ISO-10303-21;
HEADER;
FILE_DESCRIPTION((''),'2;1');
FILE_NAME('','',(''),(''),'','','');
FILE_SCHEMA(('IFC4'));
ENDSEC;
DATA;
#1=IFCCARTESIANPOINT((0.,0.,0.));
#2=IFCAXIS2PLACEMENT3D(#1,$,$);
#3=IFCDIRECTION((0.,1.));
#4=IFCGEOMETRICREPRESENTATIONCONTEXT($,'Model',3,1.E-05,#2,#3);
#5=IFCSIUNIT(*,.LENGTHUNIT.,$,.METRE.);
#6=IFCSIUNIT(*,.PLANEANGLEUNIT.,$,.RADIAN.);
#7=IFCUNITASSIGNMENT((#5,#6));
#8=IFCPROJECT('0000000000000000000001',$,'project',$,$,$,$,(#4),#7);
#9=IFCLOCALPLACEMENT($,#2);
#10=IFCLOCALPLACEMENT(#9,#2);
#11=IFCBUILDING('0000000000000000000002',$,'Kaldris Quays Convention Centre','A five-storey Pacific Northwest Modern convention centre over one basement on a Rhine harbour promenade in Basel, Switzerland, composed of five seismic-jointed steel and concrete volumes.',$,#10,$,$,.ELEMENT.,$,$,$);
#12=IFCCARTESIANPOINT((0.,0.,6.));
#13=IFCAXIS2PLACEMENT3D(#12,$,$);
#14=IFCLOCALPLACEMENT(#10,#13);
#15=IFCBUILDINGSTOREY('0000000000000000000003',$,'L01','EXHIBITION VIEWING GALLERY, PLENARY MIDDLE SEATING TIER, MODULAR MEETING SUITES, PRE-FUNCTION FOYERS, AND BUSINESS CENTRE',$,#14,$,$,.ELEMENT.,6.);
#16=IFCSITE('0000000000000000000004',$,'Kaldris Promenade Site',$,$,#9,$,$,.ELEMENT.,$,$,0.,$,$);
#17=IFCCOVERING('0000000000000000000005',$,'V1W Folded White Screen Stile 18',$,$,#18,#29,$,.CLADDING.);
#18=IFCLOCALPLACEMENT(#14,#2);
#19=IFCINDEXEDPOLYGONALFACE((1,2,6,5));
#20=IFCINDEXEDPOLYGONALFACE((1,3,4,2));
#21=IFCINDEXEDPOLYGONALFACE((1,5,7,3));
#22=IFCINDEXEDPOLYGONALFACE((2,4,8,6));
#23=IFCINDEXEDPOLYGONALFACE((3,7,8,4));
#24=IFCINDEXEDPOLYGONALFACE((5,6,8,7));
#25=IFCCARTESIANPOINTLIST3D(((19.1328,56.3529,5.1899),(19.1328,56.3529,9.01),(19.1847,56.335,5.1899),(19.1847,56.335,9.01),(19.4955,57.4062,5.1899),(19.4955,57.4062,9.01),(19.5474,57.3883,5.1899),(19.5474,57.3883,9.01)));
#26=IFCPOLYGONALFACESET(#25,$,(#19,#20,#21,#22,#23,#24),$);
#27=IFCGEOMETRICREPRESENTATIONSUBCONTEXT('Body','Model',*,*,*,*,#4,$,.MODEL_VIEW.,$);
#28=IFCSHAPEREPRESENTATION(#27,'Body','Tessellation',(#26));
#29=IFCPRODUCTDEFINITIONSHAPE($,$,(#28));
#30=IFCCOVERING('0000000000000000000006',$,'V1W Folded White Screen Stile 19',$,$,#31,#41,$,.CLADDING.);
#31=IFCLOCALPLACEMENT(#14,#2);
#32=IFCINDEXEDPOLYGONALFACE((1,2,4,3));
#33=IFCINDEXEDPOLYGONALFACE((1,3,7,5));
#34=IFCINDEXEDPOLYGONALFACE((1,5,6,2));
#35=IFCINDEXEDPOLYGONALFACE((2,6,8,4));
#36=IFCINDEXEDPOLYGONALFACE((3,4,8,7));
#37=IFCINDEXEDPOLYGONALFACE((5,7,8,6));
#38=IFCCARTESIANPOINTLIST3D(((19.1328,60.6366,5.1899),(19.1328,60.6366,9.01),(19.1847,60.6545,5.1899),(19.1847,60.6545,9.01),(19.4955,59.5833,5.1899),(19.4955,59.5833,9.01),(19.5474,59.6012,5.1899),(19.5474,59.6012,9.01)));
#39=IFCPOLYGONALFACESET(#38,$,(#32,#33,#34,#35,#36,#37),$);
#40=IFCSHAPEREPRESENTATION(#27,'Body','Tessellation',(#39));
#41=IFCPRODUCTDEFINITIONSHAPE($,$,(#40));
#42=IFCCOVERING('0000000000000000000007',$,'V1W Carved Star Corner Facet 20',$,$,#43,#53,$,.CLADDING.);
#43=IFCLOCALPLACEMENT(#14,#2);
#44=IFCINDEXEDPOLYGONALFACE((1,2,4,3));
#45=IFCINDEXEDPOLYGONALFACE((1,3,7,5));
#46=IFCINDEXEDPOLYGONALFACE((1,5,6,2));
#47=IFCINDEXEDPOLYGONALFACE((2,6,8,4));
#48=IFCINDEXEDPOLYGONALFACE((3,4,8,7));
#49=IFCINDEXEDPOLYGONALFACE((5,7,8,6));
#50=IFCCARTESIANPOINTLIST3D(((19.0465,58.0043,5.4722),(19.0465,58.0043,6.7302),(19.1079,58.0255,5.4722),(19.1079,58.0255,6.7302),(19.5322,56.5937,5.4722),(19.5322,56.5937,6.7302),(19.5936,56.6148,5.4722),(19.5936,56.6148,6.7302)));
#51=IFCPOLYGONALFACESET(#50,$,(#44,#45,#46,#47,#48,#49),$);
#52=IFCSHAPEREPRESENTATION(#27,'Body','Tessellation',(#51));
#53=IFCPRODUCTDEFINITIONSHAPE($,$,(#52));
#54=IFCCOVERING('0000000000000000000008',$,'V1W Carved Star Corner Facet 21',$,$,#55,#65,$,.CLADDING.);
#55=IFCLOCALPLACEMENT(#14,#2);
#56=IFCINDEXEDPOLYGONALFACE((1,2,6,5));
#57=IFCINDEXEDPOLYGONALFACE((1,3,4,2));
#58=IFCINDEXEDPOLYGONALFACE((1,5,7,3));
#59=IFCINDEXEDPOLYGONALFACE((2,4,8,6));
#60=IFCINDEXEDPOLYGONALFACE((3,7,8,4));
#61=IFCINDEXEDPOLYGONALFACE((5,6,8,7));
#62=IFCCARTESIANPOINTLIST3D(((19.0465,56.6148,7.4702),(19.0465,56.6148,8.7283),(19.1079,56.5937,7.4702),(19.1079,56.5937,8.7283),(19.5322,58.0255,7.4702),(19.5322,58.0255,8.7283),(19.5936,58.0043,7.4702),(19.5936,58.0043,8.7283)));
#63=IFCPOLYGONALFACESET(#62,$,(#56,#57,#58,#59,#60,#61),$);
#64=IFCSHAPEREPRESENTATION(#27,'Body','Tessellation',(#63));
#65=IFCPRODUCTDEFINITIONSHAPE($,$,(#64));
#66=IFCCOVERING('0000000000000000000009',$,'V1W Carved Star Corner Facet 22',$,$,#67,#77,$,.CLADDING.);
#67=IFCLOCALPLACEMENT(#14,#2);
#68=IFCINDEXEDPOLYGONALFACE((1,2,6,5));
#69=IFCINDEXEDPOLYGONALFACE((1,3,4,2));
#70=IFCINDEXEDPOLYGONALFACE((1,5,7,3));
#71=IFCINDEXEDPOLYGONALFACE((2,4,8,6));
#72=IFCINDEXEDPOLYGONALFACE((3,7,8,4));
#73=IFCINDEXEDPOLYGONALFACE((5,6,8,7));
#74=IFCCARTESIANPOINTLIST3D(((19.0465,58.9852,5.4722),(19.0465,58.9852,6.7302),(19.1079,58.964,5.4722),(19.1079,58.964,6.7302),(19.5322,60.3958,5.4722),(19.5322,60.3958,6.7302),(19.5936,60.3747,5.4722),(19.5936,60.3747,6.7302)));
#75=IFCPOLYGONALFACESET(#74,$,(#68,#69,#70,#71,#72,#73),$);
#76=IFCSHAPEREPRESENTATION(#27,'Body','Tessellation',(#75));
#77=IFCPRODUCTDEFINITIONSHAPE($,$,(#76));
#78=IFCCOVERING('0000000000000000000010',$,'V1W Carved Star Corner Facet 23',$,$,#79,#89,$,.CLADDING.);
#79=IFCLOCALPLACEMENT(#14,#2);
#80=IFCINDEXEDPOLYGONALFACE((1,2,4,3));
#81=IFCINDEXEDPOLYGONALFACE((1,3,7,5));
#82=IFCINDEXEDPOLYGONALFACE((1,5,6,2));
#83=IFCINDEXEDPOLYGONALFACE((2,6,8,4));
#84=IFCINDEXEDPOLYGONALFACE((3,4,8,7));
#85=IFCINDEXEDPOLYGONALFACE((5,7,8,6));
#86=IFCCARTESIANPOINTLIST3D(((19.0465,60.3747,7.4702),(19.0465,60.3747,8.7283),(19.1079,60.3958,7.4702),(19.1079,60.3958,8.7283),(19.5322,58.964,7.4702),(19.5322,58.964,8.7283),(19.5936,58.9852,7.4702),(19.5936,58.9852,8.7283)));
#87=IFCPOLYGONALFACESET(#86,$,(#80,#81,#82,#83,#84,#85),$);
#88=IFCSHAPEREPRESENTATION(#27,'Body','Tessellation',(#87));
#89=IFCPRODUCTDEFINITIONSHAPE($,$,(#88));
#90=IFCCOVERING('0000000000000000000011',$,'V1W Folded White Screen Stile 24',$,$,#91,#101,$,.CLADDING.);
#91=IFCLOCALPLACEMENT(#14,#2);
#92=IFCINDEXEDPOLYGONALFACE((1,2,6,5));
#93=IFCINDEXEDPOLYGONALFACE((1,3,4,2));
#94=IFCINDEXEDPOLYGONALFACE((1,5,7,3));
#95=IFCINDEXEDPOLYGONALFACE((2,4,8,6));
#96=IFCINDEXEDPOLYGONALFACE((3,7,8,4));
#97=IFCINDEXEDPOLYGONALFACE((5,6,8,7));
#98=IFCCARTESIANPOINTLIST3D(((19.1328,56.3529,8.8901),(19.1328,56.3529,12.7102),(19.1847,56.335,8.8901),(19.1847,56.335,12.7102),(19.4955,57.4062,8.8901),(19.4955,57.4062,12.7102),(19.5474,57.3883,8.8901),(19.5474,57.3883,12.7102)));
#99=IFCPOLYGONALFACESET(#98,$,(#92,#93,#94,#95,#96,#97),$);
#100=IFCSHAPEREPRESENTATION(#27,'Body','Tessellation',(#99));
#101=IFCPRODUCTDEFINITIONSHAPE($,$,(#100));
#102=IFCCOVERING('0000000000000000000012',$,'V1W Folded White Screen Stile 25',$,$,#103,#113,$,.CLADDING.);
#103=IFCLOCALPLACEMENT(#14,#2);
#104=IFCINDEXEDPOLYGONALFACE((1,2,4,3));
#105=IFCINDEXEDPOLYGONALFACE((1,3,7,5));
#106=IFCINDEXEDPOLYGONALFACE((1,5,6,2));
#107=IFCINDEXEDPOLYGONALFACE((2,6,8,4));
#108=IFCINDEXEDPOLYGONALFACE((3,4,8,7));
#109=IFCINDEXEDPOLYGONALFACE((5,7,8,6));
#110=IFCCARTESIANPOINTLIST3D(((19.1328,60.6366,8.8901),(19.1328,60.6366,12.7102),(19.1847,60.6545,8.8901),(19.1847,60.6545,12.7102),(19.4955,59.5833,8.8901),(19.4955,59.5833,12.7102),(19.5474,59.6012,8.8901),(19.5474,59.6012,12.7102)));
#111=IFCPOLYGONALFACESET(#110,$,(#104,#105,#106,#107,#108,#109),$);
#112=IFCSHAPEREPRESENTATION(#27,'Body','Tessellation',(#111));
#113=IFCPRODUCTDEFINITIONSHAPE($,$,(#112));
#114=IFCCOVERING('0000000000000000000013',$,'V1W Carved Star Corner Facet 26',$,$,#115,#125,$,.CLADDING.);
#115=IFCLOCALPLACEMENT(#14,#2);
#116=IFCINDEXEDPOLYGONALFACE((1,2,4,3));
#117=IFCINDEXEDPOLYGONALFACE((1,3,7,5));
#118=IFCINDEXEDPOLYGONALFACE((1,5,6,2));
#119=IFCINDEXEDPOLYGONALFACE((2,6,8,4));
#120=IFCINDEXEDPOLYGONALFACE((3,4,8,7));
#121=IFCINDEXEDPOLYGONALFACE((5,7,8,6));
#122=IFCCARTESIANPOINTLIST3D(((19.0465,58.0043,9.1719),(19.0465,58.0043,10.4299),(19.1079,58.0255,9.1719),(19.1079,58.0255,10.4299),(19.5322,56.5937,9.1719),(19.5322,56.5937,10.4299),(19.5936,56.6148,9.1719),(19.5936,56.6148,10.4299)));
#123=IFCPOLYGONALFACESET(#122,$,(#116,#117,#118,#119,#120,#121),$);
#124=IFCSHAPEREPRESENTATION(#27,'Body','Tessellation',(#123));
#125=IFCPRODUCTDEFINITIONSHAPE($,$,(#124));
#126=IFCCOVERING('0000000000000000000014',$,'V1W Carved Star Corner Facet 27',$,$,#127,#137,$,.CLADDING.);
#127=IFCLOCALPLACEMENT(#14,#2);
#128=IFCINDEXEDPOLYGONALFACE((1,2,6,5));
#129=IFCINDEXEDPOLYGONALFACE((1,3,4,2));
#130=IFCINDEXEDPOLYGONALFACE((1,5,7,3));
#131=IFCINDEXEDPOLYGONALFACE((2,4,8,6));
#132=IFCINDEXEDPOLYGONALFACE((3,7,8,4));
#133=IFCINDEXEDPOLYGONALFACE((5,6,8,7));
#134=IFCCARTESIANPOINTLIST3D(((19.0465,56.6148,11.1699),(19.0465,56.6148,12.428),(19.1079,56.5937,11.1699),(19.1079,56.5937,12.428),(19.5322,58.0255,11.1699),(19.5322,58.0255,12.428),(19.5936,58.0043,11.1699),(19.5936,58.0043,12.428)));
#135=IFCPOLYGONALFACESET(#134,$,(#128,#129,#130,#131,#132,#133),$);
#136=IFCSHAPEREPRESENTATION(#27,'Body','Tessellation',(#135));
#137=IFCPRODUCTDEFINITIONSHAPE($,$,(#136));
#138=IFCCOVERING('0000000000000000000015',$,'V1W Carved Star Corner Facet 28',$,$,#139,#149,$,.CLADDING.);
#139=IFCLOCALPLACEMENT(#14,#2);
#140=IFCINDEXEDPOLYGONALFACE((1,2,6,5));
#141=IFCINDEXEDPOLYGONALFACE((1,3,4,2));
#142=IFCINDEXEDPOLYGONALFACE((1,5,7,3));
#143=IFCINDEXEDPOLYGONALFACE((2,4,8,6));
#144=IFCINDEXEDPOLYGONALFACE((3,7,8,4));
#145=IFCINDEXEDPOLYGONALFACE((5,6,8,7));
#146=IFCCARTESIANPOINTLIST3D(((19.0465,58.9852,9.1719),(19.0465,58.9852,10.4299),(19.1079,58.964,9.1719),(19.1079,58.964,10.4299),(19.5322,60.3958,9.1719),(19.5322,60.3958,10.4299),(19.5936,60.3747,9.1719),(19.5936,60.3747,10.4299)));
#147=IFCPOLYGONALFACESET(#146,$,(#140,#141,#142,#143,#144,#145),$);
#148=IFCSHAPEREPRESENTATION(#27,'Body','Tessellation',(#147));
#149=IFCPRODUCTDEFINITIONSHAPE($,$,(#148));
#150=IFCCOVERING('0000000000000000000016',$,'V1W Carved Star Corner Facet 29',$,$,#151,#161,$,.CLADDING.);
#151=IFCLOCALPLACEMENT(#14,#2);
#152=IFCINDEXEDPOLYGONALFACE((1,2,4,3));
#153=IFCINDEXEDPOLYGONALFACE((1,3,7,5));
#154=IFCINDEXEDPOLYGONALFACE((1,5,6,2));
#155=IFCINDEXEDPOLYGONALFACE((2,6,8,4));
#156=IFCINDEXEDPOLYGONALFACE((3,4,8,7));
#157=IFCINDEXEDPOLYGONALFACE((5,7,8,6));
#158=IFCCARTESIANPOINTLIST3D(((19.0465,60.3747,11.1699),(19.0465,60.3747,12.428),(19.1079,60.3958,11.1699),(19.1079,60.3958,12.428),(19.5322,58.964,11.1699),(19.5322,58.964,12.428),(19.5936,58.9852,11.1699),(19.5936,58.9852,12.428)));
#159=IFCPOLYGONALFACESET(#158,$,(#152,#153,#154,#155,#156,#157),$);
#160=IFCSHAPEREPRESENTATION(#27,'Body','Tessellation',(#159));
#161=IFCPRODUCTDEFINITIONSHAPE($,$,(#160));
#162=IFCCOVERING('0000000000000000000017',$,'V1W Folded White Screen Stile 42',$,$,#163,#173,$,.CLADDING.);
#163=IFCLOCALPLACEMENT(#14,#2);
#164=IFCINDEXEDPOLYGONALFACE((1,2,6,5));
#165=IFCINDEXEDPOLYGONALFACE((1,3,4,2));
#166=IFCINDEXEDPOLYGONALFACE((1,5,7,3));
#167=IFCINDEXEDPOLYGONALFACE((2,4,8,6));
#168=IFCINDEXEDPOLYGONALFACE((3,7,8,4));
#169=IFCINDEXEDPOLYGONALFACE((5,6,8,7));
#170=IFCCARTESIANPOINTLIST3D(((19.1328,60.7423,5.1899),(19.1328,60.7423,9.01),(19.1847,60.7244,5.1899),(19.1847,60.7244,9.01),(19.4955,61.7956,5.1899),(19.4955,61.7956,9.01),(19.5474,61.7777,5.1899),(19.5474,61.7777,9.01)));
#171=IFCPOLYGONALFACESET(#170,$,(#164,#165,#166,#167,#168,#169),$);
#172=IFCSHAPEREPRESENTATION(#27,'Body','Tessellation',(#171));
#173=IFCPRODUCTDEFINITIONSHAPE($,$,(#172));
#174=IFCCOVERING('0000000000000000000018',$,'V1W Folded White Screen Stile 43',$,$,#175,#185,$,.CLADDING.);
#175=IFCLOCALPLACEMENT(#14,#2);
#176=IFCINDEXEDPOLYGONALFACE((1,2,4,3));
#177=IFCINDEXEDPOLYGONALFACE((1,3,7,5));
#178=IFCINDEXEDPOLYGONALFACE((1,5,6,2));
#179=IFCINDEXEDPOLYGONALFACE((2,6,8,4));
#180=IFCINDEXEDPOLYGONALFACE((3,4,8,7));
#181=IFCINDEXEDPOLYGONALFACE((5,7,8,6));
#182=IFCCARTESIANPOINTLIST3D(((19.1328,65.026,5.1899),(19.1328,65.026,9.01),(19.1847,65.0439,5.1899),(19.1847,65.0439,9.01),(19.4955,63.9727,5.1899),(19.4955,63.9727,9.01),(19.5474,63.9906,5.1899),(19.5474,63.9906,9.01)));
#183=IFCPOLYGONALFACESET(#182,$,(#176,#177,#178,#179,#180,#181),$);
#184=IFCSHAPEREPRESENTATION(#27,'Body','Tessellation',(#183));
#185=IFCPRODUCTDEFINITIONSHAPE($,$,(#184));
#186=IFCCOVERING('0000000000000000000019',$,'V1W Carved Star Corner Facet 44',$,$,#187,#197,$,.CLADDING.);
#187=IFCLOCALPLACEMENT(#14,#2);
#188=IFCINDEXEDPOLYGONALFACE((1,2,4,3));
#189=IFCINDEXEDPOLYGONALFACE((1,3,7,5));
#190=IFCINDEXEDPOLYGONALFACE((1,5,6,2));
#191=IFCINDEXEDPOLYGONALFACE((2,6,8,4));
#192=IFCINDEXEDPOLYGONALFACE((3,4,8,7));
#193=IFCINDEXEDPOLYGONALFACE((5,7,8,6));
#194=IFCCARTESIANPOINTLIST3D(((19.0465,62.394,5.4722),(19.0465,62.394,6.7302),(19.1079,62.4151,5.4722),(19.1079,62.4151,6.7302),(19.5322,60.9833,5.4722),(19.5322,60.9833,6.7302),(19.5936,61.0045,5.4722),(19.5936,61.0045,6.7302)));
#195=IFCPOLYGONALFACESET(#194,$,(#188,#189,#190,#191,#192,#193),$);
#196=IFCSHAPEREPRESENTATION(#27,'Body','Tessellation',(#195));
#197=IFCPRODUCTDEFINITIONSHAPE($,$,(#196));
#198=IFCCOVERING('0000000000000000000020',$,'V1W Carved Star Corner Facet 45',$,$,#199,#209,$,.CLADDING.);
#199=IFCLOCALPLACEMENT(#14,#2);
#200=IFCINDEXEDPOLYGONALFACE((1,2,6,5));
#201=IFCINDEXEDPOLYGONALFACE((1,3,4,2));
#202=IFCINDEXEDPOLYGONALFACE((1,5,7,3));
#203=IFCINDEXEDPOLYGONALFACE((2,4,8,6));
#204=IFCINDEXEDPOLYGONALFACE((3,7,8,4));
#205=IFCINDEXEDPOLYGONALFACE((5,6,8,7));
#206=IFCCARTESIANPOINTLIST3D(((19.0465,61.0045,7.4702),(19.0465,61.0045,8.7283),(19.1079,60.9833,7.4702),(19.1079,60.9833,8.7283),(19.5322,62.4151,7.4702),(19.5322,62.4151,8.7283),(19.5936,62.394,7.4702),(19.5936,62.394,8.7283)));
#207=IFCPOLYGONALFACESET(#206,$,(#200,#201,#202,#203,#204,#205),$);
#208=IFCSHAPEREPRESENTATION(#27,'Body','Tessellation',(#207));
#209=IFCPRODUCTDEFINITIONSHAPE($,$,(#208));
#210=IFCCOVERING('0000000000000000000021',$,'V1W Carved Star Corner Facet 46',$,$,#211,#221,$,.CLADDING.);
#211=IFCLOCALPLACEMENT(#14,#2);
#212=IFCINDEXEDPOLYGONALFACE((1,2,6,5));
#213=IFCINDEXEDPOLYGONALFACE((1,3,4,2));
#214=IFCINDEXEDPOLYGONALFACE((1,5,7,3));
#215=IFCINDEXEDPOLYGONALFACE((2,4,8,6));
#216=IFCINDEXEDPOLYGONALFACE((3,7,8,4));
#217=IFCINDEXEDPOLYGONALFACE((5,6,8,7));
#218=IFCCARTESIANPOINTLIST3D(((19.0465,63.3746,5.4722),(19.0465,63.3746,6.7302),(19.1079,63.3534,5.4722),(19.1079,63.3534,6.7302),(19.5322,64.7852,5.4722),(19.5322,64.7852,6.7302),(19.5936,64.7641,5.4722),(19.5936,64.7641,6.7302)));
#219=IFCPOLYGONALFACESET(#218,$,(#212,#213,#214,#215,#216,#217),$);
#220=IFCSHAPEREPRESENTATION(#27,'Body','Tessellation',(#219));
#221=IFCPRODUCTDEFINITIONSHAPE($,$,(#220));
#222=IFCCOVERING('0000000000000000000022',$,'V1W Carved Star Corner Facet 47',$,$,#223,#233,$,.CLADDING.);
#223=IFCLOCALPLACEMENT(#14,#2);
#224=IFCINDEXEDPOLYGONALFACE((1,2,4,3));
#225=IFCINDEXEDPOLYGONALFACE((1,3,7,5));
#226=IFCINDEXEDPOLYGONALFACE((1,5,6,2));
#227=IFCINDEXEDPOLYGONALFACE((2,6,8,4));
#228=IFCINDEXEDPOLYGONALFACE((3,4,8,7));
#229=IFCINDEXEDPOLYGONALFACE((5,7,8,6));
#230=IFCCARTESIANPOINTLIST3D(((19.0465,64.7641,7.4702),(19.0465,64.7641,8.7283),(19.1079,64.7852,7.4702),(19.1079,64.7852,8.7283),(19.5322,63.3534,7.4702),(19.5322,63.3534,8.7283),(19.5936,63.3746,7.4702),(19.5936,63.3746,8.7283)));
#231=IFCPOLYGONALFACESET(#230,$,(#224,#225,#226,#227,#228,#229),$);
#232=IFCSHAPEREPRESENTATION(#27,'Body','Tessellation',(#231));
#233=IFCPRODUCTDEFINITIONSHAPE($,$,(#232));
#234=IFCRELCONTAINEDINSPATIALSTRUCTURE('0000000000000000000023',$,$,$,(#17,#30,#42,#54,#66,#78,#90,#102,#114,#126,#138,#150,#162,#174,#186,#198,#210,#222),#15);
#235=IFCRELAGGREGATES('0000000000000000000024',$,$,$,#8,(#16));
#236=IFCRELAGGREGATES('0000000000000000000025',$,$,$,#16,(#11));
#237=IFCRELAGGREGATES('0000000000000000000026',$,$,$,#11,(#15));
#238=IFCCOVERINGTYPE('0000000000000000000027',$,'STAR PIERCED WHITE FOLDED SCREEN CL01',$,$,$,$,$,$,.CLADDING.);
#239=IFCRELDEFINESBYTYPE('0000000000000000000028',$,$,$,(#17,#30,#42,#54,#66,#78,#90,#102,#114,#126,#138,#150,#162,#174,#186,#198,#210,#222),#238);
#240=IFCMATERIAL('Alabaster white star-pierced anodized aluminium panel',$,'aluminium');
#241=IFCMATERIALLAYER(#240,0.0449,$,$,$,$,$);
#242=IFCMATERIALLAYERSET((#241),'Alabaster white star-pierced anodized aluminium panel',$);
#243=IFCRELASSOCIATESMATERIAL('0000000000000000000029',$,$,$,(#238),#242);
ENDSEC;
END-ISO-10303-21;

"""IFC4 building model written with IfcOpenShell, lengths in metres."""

from ifc_helpers import new_model, si_unit, direction, frame, origin, origin_2d, place, context, subcontext, project, spatial, rectangle, extrude, material, layer, layer_set, type_object, element, save


model = new_model("IFC4")

# Units and contexts
model_context = context("Model", 3, precision=1e-05, world=origin(), true_north=direction((0.0, 1.0)))
body_context = subcontext(model_context, "Body", "Model", "MODEL_VIEW")
ifc_project = project(units=[si_unit("LENGTHUNIT", "METRE"), si_unit("PLANEANGLEUNIT", "RADIAN")], contexts=[model_context])

# Site, building, storey
site_placement = place(None, origin())
site = spatial("IfcSite", under=ifc_project, at=site_placement, Name="Kaldris Promenade Site", CompositionType="ELEMENT", RefElevation=0.0)
building_placement = place(site_placement, origin())
building = spatial("IfcBuilding", under=site, at=building_placement, Name="Kaldris Quays Convention Centre", Description="A five-storey Pacific Northwest Modern convention centre over one basement on a Rhine harbour promenade in Basel, Switzerland, composed of five seismic-jointed steel and concrete volumes.", CompositionType="ELEMENT")
storey_placement = place(building_placement, frame((0.0, 0.0, 6.0)))
storey = spatial("IfcBuildingStorey", under=building, at=storey_placement, Name="L01", Description="EXHIBITION VIEWING GALLERY, PLENARY MIDDLE SEATING TIER, MODULAR MEETING SUITES, PRE-FUNCTION FOYERS, AND BUSINESS CENTRE", CompositionType="ELEMENT", Elevation=6.0)

# Coverings
ifc_material_1 = material(Name="Alabaster white star-pierced anodized aluminium panel", Category="aluminium")
ifc_layer = layer(ifc_material_1, 0.0449)
ifc_layer_set = layer_set([ifc_layer], Name="Alabaster white star-pierced anodized aluminium panel")
covering_type = type_object("IfcCoveringType", Name="STAR PIERCED WHITE FOLDED SCREEN CL01", PredefinedType="CLADDING", material=ifc_layer_set)
for number, where, z_axis, x_axis, name in (
    (1, (19.3401, 56.8706, 5.1899), (0.0, 0.0, 1.0), (0.325568, 0.945519, 0.0), "V1W Folded White Screen Stile 18"),
    (2, (19.3401, 60.1189, 5.1899), (0.0, 0.0, 1.0), (-0.325568, 0.945519, 0.0), "V1W Folded White Screen Stile 19"),
):
    element("IfcCovering", number, at=place(storey_placement, frame(where, z_axis=z_axis, x_axis=x_axis)), inside=storey, type_object=covering_type, Name=name, PredefinedType="CLADDING", context=body_context, shape_type="SweptSolid", body=[
        extrude(rectangle(XDim=1.114, YDim=0.0549, at=origin_2d()), origin(), (0.0, 0.0, 1.0), 3.8201),
    ])
for number, where, z_axis, x_axis, name in (
    (3, (19.3201, 57.3096, 5.4722), (0.0, 0.0, 1.0), (-0.325568, 0.945519, 0.0), "V1W Carved Star Corner Facet 20"),
    (4, (19.3201, 57.3096, 7.4702), (0.0, 0.0, 1.0), (0.325568, 0.945519, 0.0), "V1W Carved Star Corner Facet 21"),
    (5, (19.3201, 59.6799, 5.4722), (0.0, 0.0, 1.0), (0.325568, 0.945519, 0.0), "V1W Carved Star Corner Facet 22"),
    (6, (19.3201, 59.6799, 7.4702), (0.0, 0.0, 1.0), (-0.325568, 0.945519, 0.0), "V1W Carved Star Corner Facet 23"),
):
    element("IfcCovering", number, at=place(storey_placement, frame(where, z_axis=z_axis, x_axis=x_axis)), inside=storey, type_object=covering_type, Name=name, PredefinedType="CLADDING", context=body_context, shape_type="SweptSolid", body=[
        extrude(rectangle(XDim=1.4919, YDim=0.0649, at=origin_2d()), origin(), (0.0, 0.0, 1.0), 1.2581),
    ])
for number, where, z_axis, x_axis, name in (
    (7, (19.3401, 56.8706, 8.8901), (0.0, 0.0, 1.0), (0.325568, 0.945519, 0.0), "V1W Folded White Screen Stile 24"),
    (8, (19.3401, 60.1189, 8.8901), (0.0, 0.0, 1.0), (-0.325568, 0.945519, 0.0), "V1W Folded White Screen Stile 25"),
):
    element("IfcCovering", number, at=place(storey_placement, frame(where, z_axis=z_axis, x_axis=x_axis)), inside=storey, type_object=covering_type, Name=name, PredefinedType="CLADDING", context=body_context, shape_type="SweptSolid", body=[
        extrude(rectangle(XDim=1.114, YDim=0.0549, at=origin_2d()), origin(), (0.0, 0.0, 1.0), 3.8201),
    ])
for number, where, z_axis, x_axis, name in (
    (9, (19.3201, 57.3096, 9.1719), (0.0, 0.0, 1.0), (-0.325568, 0.945519, 0.0), "V1W Carved Star Corner Facet 26"),
    (10, (19.3201, 57.3096, 11.1699), (0.0, 0.0, 1.0), (0.325568, 0.945519, 0.0), "V1W Carved Star Corner Facet 27"),
    (11, (19.3201, 59.6799, 9.1719), (0.0, 0.0, 1.0), (0.325568, 0.945519, 0.0), "V1W Carved Star Corner Facet 28"),
    (12, (19.3201, 59.6799, 11.1699), (0.0, 0.0, 1.0), (-0.325568, 0.945519, 0.0), "V1W Carved Star Corner Facet 29"),
):
    element("IfcCovering", number, at=place(storey_placement, frame(where, z_axis=z_axis, x_axis=x_axis)), inside=storey, type_object=covering_type, Name=name, PredefinedType="CLADDING", context=body_context, shape_type="SweptSolid", body=[
        extrude(rectangle(XDim=1.4919, YDim=0.0649, at=origin_2d()), origin(), (0.0, 0.0, 1.0), 1.2581),
    ])
for number, where, z_axis, x_axis, name in (
    (13, (19.3401, 61.26, 5.1899), (0.0, 0.0, 1.0), (0.325568, 0.945519, 0.0), "V1W Folded White Screen Stile 42"),
    (14, (19.3401, 64.5083, 5.1899), (0.0, 0.0, 1.0), (-0.325568, 0.945519, 0.0), "V1W Folded White Screen Stile 43"),
):
    element("IfcCovering", number, at=place(storey_placement, frame(where, z_axis=z_axis, x_axis=x_axis)), inside=storey, type_object=covering_type, Name=name, PredefinedType="CLADDING", context=body_context, shape_type="SweptSolid", body=[
        extrude(rectangle(XDim=1.114, YDim=0.0549, at=origin_2d()), origin(), (0.0, 0.0, 1.0), 3.8201),
    ])
for number, where, z_axis, x_axis, name in (
    (15, (19.3201, 61.6992, 5.4722), (0.0, 0.0, 1.0), (-0.325568, 0.945519, 0.0), "V1W Carved Star Corner Facet 44"),
    (16, (19.3201, 61.6992, 7.4702), (0.0, 0.0, 1.0), (0.325568, 0.945519, 0.0), "V1W Carved Star Corner Facet 45"),
    (17, (19.3201, 64.0693, 5.4722), (0.0, 0.0, 1.0), (0.325568, 0.945519, 0.0), "V1W Carved Star Corner Facet 46"),
    (18, (19.3201, 64.0693, 7.4702), (0.0, 0.0, 1.0), (-0.325568, 0.945519, 0.0), "V1W Carved Star Corner Facet 47"),
):
    element("IfcCovering", number, at=place(storey_placement, frame(where, z_axis=z_axis, x_axis=x_axis)), inside=storey, type_object=covering_type, Name=name, PredefinedType="CLADDING", context=body_context, shape_type="SweptSolid", body=[
        extrude(rectangle(XDim=1.4919, YDim=0.0649, at=origin_2d()), origin(), (0.0, 0.0, 1.0), 1.2581),
    ])

save(model, "model.ifc")
